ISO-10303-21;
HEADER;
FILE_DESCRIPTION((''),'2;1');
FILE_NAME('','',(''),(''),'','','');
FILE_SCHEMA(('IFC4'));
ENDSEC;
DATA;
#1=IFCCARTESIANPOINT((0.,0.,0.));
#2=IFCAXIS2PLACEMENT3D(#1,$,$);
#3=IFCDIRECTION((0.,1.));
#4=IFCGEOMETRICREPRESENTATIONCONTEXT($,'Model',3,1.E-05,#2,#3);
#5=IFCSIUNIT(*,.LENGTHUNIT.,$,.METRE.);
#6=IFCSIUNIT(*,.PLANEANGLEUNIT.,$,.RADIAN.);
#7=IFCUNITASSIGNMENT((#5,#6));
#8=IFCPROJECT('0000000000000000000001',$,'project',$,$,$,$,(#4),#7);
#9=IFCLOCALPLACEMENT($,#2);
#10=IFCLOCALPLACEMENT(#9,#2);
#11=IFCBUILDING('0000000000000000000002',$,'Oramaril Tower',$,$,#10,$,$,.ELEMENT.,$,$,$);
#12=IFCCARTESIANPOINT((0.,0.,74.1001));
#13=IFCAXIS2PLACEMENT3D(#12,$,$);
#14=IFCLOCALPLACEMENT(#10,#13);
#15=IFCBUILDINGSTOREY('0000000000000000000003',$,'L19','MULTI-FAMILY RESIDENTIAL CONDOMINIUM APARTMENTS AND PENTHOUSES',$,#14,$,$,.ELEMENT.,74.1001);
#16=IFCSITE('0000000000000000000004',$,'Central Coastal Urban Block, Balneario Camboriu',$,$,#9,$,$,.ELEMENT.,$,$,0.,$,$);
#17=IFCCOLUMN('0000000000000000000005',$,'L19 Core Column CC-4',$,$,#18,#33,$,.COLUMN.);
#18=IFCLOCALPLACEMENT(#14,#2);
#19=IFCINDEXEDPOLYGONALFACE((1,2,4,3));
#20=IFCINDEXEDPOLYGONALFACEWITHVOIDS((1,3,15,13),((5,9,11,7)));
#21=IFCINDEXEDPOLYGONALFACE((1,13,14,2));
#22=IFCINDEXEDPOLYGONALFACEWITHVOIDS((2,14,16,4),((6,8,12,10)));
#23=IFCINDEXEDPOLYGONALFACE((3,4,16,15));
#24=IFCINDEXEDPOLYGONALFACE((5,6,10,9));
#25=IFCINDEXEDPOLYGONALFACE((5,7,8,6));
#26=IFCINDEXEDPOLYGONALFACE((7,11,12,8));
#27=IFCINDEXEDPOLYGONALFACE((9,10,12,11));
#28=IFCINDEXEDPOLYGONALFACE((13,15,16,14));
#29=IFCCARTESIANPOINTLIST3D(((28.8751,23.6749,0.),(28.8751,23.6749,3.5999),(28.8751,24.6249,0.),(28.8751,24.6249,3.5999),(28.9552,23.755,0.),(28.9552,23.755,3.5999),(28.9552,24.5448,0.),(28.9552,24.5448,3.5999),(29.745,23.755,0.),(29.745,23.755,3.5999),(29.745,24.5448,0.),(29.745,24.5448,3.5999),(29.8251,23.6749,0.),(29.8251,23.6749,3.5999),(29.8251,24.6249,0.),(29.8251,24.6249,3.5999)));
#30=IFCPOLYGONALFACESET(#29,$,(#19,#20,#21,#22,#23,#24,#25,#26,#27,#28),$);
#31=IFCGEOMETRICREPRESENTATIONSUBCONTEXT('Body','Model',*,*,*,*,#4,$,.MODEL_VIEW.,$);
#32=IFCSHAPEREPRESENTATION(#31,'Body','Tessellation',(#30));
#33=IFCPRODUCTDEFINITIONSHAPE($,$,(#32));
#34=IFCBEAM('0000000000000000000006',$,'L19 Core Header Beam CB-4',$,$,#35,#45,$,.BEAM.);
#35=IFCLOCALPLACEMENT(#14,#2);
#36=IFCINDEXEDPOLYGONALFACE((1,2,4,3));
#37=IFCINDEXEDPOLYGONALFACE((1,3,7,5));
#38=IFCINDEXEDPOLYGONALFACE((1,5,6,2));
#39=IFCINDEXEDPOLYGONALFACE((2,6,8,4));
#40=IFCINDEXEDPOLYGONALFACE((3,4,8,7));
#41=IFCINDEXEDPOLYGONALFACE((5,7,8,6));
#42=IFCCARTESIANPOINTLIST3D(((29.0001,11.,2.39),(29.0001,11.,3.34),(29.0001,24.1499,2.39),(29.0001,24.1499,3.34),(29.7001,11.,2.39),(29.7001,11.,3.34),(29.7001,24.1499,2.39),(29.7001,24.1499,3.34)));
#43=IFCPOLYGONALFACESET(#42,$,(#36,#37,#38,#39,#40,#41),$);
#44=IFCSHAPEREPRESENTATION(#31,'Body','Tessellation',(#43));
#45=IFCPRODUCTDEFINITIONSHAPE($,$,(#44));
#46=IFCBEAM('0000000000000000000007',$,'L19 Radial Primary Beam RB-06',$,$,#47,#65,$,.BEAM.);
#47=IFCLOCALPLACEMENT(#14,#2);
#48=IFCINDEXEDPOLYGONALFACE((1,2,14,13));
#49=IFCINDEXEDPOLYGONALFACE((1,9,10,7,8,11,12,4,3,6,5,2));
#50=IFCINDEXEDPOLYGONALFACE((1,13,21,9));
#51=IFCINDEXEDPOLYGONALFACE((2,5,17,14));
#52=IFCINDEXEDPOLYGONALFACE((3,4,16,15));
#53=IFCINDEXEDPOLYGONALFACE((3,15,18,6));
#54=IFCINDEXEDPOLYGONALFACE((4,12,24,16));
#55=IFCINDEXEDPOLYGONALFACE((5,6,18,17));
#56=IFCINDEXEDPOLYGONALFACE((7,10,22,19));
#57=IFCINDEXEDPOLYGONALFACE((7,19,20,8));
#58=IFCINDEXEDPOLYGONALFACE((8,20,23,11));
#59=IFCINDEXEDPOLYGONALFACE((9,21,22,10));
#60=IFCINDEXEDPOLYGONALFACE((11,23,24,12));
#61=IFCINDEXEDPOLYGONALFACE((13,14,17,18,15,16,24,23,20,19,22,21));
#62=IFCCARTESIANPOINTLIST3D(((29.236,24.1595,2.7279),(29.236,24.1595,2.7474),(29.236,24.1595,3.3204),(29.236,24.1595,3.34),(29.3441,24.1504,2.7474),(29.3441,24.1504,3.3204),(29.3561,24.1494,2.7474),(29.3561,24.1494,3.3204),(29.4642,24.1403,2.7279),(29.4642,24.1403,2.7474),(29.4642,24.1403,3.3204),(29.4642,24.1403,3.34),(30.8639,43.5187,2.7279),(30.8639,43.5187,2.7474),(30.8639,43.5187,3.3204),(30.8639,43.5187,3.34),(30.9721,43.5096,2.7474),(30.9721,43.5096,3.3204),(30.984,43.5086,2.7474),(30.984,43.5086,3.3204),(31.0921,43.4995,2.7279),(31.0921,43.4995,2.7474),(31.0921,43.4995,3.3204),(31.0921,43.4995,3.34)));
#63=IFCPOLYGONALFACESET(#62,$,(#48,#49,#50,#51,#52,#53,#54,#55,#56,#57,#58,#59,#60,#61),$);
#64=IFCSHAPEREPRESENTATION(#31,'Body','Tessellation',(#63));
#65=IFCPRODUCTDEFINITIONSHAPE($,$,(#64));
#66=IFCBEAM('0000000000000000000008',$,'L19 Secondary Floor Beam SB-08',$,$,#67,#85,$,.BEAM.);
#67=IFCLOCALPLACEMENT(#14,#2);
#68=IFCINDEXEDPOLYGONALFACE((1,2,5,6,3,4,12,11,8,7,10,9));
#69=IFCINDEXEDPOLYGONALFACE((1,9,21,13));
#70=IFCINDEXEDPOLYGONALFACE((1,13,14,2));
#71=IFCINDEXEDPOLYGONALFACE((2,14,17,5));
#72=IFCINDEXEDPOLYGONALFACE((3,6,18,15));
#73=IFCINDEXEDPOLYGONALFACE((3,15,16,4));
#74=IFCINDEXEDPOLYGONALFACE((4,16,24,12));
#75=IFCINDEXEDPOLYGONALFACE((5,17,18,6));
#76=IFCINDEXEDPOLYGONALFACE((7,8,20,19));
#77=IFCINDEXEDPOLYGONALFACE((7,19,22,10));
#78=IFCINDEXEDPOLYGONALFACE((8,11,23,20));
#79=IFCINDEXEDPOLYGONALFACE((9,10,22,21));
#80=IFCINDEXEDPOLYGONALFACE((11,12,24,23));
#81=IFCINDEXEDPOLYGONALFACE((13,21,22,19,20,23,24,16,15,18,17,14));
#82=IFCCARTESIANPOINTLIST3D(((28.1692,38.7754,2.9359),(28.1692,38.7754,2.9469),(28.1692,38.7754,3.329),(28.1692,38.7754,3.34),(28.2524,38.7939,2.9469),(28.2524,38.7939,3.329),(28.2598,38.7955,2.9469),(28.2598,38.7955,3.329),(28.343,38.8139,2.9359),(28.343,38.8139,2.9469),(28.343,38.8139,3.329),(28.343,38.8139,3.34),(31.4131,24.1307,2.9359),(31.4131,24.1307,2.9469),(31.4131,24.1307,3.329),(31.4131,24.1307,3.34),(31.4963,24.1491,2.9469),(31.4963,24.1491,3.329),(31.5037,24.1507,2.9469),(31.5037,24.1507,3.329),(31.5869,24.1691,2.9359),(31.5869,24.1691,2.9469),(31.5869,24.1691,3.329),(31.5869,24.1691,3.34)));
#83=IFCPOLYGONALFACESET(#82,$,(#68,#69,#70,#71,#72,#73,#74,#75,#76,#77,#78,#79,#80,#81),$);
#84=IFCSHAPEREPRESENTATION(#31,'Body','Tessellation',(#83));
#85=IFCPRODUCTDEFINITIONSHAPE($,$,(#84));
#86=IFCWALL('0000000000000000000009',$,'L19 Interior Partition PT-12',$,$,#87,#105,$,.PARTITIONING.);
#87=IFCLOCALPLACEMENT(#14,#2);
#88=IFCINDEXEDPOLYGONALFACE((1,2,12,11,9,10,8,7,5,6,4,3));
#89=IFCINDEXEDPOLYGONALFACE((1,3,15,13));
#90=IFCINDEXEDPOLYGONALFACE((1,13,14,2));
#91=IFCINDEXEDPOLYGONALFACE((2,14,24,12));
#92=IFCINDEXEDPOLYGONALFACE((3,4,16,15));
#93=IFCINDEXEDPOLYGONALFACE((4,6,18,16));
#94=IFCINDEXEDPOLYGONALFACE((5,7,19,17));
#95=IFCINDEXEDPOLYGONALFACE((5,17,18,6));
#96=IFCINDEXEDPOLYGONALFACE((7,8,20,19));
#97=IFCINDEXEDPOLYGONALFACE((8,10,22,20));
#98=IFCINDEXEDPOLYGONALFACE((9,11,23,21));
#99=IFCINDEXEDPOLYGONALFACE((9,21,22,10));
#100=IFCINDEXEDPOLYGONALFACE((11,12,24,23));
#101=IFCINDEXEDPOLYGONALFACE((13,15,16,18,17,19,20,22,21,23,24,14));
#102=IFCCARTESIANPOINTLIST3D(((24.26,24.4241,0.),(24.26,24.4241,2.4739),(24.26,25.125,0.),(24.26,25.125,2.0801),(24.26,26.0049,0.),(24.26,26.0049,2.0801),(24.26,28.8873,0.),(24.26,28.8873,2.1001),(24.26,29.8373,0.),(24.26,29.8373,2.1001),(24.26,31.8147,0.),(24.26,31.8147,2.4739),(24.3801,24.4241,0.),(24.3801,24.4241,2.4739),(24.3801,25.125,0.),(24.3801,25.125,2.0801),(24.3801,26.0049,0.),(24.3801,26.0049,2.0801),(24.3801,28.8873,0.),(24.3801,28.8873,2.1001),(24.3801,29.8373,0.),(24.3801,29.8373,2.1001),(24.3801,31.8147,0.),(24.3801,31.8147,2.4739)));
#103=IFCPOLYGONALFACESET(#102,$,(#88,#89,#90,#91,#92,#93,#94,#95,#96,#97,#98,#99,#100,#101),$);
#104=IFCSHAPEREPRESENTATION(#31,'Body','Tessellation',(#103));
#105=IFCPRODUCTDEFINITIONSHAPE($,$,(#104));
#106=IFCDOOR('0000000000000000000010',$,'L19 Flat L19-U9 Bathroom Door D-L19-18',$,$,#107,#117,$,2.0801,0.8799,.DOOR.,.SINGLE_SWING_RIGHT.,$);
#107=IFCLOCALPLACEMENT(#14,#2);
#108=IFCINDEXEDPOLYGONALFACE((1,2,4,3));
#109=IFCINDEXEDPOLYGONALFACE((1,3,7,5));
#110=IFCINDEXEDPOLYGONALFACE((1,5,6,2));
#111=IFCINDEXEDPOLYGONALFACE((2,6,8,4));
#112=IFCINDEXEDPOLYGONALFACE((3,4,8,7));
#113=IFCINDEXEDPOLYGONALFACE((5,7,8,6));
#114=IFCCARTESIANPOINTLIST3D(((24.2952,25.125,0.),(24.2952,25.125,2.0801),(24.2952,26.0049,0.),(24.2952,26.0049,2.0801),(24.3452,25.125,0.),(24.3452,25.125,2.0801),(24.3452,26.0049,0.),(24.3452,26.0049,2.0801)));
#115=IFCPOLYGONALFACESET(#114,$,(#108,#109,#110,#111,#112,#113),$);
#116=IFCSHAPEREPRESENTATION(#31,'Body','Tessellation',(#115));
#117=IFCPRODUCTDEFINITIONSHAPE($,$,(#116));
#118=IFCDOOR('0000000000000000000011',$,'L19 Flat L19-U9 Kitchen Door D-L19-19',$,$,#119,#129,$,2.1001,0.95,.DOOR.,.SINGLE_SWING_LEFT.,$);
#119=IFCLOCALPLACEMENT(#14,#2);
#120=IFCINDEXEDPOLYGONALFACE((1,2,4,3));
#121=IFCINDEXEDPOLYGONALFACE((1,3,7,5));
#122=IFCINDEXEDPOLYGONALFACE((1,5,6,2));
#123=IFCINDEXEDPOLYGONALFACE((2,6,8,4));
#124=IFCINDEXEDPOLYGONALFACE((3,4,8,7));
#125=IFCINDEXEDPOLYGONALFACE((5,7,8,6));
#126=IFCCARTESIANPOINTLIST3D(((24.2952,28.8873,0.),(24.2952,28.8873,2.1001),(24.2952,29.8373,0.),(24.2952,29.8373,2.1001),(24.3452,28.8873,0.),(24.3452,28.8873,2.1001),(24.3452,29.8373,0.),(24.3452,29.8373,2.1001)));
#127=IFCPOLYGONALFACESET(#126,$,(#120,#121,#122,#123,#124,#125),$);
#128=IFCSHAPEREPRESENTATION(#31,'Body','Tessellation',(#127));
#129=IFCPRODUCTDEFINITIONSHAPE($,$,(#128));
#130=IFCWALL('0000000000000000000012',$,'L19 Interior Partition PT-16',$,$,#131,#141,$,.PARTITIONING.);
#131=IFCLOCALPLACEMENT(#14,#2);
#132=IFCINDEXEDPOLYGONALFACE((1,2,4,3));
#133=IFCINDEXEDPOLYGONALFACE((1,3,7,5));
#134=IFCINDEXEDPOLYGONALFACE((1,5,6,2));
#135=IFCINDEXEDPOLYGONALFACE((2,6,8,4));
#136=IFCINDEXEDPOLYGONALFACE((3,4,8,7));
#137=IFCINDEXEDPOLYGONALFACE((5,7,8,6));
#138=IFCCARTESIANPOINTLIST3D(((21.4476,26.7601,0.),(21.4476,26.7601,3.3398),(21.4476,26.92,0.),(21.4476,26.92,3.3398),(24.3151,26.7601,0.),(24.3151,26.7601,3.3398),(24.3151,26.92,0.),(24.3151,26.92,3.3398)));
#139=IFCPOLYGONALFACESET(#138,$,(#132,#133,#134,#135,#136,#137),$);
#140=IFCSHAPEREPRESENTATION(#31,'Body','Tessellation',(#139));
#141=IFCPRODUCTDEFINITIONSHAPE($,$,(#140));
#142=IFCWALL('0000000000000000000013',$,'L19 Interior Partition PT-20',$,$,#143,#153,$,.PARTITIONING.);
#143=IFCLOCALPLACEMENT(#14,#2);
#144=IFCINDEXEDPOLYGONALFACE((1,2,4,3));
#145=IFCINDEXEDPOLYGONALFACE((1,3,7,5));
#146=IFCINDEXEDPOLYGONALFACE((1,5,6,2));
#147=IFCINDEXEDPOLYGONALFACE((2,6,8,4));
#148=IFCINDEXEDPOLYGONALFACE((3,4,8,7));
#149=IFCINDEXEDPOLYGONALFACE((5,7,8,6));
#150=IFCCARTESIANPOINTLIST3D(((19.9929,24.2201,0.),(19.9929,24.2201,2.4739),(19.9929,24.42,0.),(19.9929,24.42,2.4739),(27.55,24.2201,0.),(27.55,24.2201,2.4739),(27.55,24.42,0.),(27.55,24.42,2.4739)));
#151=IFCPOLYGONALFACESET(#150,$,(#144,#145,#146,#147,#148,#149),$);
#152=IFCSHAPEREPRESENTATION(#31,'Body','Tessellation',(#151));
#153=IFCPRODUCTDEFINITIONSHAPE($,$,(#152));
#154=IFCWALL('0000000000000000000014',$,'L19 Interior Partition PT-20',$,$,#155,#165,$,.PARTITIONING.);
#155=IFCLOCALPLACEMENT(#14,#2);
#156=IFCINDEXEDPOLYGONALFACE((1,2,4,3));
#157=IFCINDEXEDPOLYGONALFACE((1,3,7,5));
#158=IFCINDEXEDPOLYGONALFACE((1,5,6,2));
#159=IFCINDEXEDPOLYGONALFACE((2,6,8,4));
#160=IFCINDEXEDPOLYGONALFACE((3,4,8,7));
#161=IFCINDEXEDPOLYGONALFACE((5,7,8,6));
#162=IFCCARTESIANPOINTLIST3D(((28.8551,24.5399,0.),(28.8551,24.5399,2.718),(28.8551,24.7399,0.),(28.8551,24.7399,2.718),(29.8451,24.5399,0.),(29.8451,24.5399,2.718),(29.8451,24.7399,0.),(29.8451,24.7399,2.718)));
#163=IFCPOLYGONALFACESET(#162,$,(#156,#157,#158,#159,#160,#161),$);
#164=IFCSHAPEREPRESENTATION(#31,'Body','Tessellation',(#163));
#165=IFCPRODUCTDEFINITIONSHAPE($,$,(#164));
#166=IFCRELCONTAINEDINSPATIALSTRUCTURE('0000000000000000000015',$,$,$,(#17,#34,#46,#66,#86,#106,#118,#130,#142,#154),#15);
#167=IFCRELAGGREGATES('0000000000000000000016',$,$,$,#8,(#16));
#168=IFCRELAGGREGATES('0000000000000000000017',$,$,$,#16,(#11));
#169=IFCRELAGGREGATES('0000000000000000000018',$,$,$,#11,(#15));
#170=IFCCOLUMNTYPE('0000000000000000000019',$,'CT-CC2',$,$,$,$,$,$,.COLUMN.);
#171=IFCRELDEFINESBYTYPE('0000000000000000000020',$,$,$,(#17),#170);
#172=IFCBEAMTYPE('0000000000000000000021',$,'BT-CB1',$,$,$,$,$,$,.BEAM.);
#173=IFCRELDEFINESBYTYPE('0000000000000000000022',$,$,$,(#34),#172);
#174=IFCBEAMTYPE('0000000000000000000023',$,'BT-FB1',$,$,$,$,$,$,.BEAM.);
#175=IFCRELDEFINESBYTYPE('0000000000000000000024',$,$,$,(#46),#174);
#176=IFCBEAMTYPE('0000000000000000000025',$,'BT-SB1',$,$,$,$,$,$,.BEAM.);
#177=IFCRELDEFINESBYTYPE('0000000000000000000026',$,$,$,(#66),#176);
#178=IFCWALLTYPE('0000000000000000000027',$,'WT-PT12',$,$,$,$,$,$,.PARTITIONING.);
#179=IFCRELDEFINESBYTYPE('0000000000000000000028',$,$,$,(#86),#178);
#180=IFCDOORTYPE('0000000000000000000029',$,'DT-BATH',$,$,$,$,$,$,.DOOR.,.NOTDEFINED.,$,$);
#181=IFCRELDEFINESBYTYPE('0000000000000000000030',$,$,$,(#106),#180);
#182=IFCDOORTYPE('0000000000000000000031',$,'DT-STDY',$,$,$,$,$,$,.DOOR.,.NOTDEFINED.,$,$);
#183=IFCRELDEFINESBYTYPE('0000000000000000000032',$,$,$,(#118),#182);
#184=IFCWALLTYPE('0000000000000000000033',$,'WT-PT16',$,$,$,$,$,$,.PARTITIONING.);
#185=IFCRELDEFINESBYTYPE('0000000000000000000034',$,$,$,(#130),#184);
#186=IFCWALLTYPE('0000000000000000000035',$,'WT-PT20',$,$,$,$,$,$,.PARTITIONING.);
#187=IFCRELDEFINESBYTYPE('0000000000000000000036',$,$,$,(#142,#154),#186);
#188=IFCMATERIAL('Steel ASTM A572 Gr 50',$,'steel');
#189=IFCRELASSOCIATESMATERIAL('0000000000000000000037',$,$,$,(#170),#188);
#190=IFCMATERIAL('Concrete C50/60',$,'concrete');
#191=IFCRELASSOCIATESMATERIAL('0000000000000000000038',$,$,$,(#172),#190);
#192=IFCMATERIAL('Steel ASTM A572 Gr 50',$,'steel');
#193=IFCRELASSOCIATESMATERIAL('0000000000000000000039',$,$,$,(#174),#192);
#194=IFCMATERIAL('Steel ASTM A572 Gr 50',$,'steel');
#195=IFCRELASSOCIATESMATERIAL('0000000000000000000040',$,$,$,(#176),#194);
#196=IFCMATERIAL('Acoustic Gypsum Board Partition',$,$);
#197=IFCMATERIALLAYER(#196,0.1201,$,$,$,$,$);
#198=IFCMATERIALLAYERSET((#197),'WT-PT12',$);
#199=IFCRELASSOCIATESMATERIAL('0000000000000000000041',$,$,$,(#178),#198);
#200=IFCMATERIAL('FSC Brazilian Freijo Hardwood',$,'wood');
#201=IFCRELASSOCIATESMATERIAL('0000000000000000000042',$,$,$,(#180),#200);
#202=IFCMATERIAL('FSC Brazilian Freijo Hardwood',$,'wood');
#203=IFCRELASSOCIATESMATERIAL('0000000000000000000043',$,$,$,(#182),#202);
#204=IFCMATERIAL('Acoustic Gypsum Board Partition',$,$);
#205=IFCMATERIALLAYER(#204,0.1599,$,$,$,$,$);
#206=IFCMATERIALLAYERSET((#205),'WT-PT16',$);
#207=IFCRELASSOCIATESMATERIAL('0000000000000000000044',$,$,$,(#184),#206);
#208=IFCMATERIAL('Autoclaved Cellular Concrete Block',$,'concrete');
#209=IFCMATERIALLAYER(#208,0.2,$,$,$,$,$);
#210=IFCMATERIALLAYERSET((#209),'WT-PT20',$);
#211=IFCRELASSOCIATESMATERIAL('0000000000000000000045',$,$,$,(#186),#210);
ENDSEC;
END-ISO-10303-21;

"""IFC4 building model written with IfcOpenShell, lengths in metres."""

from ifc_helpers import new_model, si_unit, direction, frame, frame_2d, origin, origin_2d, place, context, subcontext, project, spatial, rectangle, hollow_rectangle, i_section, extrude, material, layer, layer_set, material_profile, profile_set, type_object, element, fill, save


model = new_model("IFC4")

# Units and contexts
model_context = context("Model", 3, precision=1e-05, world=origin(), true_north=direction((0.0, 1.0)))
body_context = subcontext(model_context, "Body", "Model", "MODEL_VIEW")
ifc_project = project(units=[si_unit("LENGTHUNIT", "METRE"), si_unit("PLANEANGLEUNIT", "RADIAN")], contexts=[model_context])

# Site, building, storey
site_placement = place(None, origin())
site = spatial("IfcSite", under=ifc_project, at=site_placement, Name="Central Coastal Urban Block, Balneario Camboriu", CompositionType="ELEMENT", RefElevation=0.0)
building_placement = place(site_placement, origin())
building = spatial("IfcBuilding", under=site, at=building_placement, Name="Oramaril Tower", CompositionType="ELEMENT")
storey_placement = place(building_placement, frame((0.0, 0.0, 74.1001)))
storey = spatial("IfcBuildingStorey", under=building, at=storey_placement, Name="L19", Description="MULTI-FAMILY RESIDENTIAL CONDOMINIUM APARTMENTS AND PENTHOUSES", CompositionType="ELEMENT", Elevation=74.1001)

# Column
ifc_material_1 = material(Name="Steel ASTM A572 Gr 50", Category="steel")
ifc_material_profile_1 = material_profile(ifc_material_1, hollow_rectangle(XDim=0.95, YDim=0.95, WallThickness=0.0801, at=origin_2d()), Name="BOX950X950X80")
ifc_profile_set_1 = profile_set([ifc_material_profile_1], Name="Steel ASTM A572 Gr 50")
column_type = type_object("IfcColumnType", Name="CT-CC2", PredefinedType="COLUMN", material=ifc_profile_set_1)
column_placement = place(storey_placement, frame((29.3501, 24.1499, 0.0), z_axis=(0.0, 0.0, 1.0), x_axis=(1.0, 0.0, 0.0)))
element("IfcColumn", 1, at=column_placement, inside=storey, type_object=column_type, Name="L19 Core Column CC-4", PredefinedType="COLUMN", context=body_context, shape_type="SweptSolid", body=[
    extrude(hollow_rectangle(XDim=0.95, YDim=0.95, WallThickness=0.0801, at=origin_2d()), origin(), (0.0, 0.0, 1.0), 3.5999),
])

# Beams
ifc_material_2 = material(Name="Concrete C50/60", Category="concrete")
ifc_material_profile_2 = material_profile(ifc_material_2, rectangle(XDim=0.7, YDim=0.95, at=origin_2d()), Name="CB700X950")
ifc_profile_set_2 = profile_set([ifc_material_profile_2], Name="Concrete C50/60")
beam_type_1 = type_object("IfcBeamType", Name="BT-CB1", PredefinedType="BEAM", material=ifc_profile_set_2)
beam_1_placement = place(storey_placement, frame((29.3501, 24.1499, 2.865), z_axis=(0.0, -1.0, 0.0), x_axis=(1.0, 0.0, 0.0)))
element("IfcBeam", 2, at=beam_1_placement, inside=storey, type_object=beam_type_1, Name="L19 Core Header Beam CB-4", PredefinedType="BEAM", context=body_context, shape_type="SweptSolid", body=[
    extrude(rectangle(XDim=0.7, YDim=0.95, at=origin_2d()), origin(), (0.0, 0.0, 1.0), 13.1499),
])
ifc_material_3 = material(Name="Steel ASTM A572 Gr 50", Category="steel")
ifc_material_profile_3 = material_profile(ifc_material_3, i_section(OverallWidth=0.229, OverallDepth=0.6121, WebThickness=0.012, FlangeThickness=0.0195, at=origin_2d()), Name="W24X84")
ifc_profile_set_3 = profile_set([ifc_material_profile_3], Name="Steel ASTM A572 Gr 50")
beam_type_2 = type_object("IfcBeamType", Name="BT-FB1", PredefinedType="BEAM", material=ifc_profile_set_3)
beam_2_placement = place(storey_placement, frame((29.3501, 24.1499, 3.0339), z_axis=(0.083795, 0.996483, 0.0), x_axis=(-0.996483, 0.083795, 0.0)))
element("IfcBeam", 3, at=beam_2_placement, inside=storey, type_object=beam_type_2, Name="L19 Radial Primary Beam RB-06", PredefinedType="BEAM", context=body_context, shape_type="SweptSolid", body=[
    extrude(i_section(OverallWidth=0.229, OverallDepth=0.6121, WebThickness=0.012, FlangeThickness=0.0195, at=origin_2d()), origin(), (0.0, 0.0, 1.0), 19.4275),
])
ifc_material_4 = material(Name="Steel ASTM A572 Gr 50", Category="steel")
ifc_material_profile_4 = material_profile(ifc_material_4, i_section(OverallWidth=0.178, OverallDepth=0.4041, WebThickness=0.0076, FlangeThickness=0.011, at=origin_2d()), Name="W16X36")
ifc_profile_set_4 = profile_set([ifc_material_profile_4], Name="Steel ASTM A572 Gr 50")
beam_type_3 = type_object("IfcBeamType", Name="BT-SB1", PredefinedType="BEAM", material=ifc_profile_set_4)
beam_3_placement = place(storey_placement, frame((31.5, 24.1499, 3.1379), z_axis=(-0.216263, 0.976335, 0.0), x_axis=(-0.976335, -0.216263, 0.0)))
element("IfcBeam", 4, at=beam_3_placement, inside=storey, type_object=beam_type_3, Name="L19 Secondary Floor Beam SB-08", PredefinedType="BEAM", context=body_context, shape_type="SweptSolid", body=[
    extrude(i_section(OverallWidth=0.178, OverallDepth=0.4041, WebThickness=0.0076, FlangeThickness=0.011, at=origin_2d()), origin(), (0.0, 0.0, 1.0), 14.9998),
])

# Wall, openings, doors
ifc_material_5 = material(Name="Acoustic Gypsum Board Partition")
ifc_layer_1 = layer(ifc_material_5, 0.1201)
ifc_layer_set_1 = layer_set([ifc_layer_1], Name="WT-PT12")
wall_type_1 = type_object("IfcWallType", Name="WT-PT12", PredefinedType="PARTITIONING", material=ifc_layer_set_1)
wall_1_placement = place(storey_placement, frame((24.3201, 24.4241, 0.0), z_axis=(0.0, 0.0, 1.0), x_axis=(0.0, 1.0, 0.0)))
wall_1 = element("IfcWall", 5, at=wall_1_placement, inside=storey, type_object=wall_type_1, Name="L19 Interior Partition PT-12", PredefinedType="PARTITIONING", context=body_context, shape_type="SweptSolid", body=[
    extrude(rectangle(XDim=7.3906, YDim=0.1201, at=frame_2d((3.6953, 0.0))), origin(), (0.0, 0.0, 1.0), 2.4739),
])
opening_1_placement = place(wall_1_placement, frame((0.7009, 0.0, 0.0)))
opening_1 = element("IfcOpeningElement", 6, at=opening_1_placement, cuts=wall_1, PredefinedType="OPENING", context=body_context, shape_type="SweptSolid", body=[
    extrude(rectangle(XDim=0.8799, YDim=2.0801, at=frame_2d((0.4399, 1.04))), frame((0.0, 0.0601, 0.0), z_axis=(0.0, -1.0, 0.0), x_axis=(1.0, 0.0, 0.0)), (0.0, 0.0, 1.0), 0.1201),
])
opening_2_placement = place(wall_1_placement, frame((4.4631, 0.0, 0.0)))
opening_2 = element("IfcOpeningElement", 7, at=opening_2_placement, cuts=wall_1, PredefinedType="OPENING", context=body_context, shape_type="SweptSolid", body=[
    extrude(rectangle(XDim=0.95, YDim=2.1001, at=frame_2d((0.4751, 1.05))), frame((0.0, 0.0601, 0.0), z_axis=(0.0, -1.0, 0.0), x_axis=(1.0, 0.0, 0.0)), (0.0, 0.0, 1.0), 0.1201),
])
ifc_material_6 = material(Name="FSC Brazilian Freijo Hardwood", Category="wood")
door_type_1 = type_object("IfcDoorType", Name="DT-BATH", OperationType="NOTDEFINED", PredefinedType="DOOR", material=ifc_material_6)
door_1_placement = place(opening_1_placement, origin())
door_1 = element("IfcDoor", 8, at=door_1_placement, inside=storey, type_object=door_type_1, Name="L19 Flat L19-U9 Bathroom Door D-L19-18", OperationType="SINGLE_SWING_RIGHT", OverallHeight=2.0801, OverallWidth=0.8799, PredefinedType="DOOR", context=body_context, shape_type="SweptSolid", body=[
    extrude(rectangle(XDim=0.8799, YDim=2.0801, at=frame_2d((0.4399, 1.04))), frame((0.0, 0.0249, 0.0), z_axis=(0.0, -1.0, 0.0), x_axis=(1.0, 0.0, 0.0)), (0.0, 0.0, 1.0), 0.05),
])
fill(opening_1, door_1)
ifc_material_7 = material(Name="FSC Brazilian Freijo Hardwood", Category="wood")
door_type_2 = type_object("IfcDoorType", Name="DT-STDY", OperationType="NOTDEFINED", PredefinedType="DOOR", material=ifc_material_7)
door_2_placement = place(opening_2_placement, origin())
door_2 = element("IfcDoor", 9, at=door_2_placement, inside=storey, type_object=door_type_2, Name="L19 Flat L19-U9 Kitchen Door D-L19-19", OperationType="SINGLE_SWING_LEFT", OverallHeight=2.1001, OverallWidth=0.95, PredefinedType="DOOR", context=body_context, shape_type="SweptSolid", body=[
    extrude(rectangle(XDim=0.95, YDim=2.1001, at=frame_2d((0.4751, 1.05))), frame((0.0, 0.0249, 0.0), z_axis=(0.0, -1.0, 0.0), x_axis=(1.0, 0.0, 0.0)), (0.0, 0.0, 1.0), 0.05),
])
fill(opening_2, door_2)

# Walls
ifc_material_8 = material(Name="Acoustic Gypsum Board Partition")
ifc_layer_2 = layer(ifc_material_8, 0.1599)
ifc_layer_set_2 = layer_set([ifc_layer_2], Name="WT-PT16")
wall_type_2 = type_object("IfcWallType", Name="WT-PT16", PredefinedType="PARTITIONING", material=ifc_layer_set_2)
wall_2_placement = place(storey_placement, frame((21.4478, 26.8401, 0.0), z_axis=(0.0, 0.0, 1.0), x_axis=(1.0, 0.0, 0.0)))
element("IfcWall", 10, at=wall_2_placement, inside=storey, type_object=wall_type_2, Name="L19 Interior Partition PT-16", PredefinedType="PARTITIONING", context=body_context, shape_type="SweptSolid", body=[
    extrude(rectangle(XDim=2.8674, YDim=0.1599, at=frame_2d((1.4336, 0.0))), origin(), (0.0, 0.0, 1.0), 3.3398),
])
ifc_material_9 = material(Name="Autoclaved Cellular Concrete Block", Category="concrete")
ifc_layer_3 = layer(ifc_material_9, 0.2)
ifc_layer_set_3 = layer_set([ifc_layer_3], Name="WT-PT20")
wall_type_3 = type_object("IfcWallType", Name="WT-PT20", PredefinedType="PARTITIONING", material=ifc_layer_set_3)
wall_3_placement = place(storey_placement, frame((19.9929, 24.3201, 0.0), z_axis=(0.0, 0.0, 1.0), x_axis=(1.0, 0.0, 0.0)))
element("IfcWall", 11, at=wall_3_placement, inside=storey, type_object=wall_type_3, Name="L19 Interior Partition PT-20", PredefinedType="PARTITIONING", context=body_context, shape_type="SweptSolid", body=[
    extrude(rectangle(XDim=7.5571, YDim=0.2, at=frame_2d((3.7786, 0.0))), origin(), (0.0, 0.0, 1.0), 2.4739),
])
wall_4_placement = place(storey_placement, frame((28.855, 24.6399, 0.0), z_axis=(0.0, 0.0, 1.0), x_axis=(1.0, 0.0, 0.0)))
element("IfcWall", 12, at=wall_4_placement, inside=storey, type_object=wall_type_3, Name="L19 Interior Partition PT-20", PredefinedType="PARTITIONING", context=body_context, shape_type="SweptSolid", body=[
    extrude(rectangle(XDim=0.99, YDim=0.2, at=frame_2d((0.4951, 0.0))), origin(), (0.0, 0.0, 1.0), 2.718),
])

save(model, "model.ifc")
